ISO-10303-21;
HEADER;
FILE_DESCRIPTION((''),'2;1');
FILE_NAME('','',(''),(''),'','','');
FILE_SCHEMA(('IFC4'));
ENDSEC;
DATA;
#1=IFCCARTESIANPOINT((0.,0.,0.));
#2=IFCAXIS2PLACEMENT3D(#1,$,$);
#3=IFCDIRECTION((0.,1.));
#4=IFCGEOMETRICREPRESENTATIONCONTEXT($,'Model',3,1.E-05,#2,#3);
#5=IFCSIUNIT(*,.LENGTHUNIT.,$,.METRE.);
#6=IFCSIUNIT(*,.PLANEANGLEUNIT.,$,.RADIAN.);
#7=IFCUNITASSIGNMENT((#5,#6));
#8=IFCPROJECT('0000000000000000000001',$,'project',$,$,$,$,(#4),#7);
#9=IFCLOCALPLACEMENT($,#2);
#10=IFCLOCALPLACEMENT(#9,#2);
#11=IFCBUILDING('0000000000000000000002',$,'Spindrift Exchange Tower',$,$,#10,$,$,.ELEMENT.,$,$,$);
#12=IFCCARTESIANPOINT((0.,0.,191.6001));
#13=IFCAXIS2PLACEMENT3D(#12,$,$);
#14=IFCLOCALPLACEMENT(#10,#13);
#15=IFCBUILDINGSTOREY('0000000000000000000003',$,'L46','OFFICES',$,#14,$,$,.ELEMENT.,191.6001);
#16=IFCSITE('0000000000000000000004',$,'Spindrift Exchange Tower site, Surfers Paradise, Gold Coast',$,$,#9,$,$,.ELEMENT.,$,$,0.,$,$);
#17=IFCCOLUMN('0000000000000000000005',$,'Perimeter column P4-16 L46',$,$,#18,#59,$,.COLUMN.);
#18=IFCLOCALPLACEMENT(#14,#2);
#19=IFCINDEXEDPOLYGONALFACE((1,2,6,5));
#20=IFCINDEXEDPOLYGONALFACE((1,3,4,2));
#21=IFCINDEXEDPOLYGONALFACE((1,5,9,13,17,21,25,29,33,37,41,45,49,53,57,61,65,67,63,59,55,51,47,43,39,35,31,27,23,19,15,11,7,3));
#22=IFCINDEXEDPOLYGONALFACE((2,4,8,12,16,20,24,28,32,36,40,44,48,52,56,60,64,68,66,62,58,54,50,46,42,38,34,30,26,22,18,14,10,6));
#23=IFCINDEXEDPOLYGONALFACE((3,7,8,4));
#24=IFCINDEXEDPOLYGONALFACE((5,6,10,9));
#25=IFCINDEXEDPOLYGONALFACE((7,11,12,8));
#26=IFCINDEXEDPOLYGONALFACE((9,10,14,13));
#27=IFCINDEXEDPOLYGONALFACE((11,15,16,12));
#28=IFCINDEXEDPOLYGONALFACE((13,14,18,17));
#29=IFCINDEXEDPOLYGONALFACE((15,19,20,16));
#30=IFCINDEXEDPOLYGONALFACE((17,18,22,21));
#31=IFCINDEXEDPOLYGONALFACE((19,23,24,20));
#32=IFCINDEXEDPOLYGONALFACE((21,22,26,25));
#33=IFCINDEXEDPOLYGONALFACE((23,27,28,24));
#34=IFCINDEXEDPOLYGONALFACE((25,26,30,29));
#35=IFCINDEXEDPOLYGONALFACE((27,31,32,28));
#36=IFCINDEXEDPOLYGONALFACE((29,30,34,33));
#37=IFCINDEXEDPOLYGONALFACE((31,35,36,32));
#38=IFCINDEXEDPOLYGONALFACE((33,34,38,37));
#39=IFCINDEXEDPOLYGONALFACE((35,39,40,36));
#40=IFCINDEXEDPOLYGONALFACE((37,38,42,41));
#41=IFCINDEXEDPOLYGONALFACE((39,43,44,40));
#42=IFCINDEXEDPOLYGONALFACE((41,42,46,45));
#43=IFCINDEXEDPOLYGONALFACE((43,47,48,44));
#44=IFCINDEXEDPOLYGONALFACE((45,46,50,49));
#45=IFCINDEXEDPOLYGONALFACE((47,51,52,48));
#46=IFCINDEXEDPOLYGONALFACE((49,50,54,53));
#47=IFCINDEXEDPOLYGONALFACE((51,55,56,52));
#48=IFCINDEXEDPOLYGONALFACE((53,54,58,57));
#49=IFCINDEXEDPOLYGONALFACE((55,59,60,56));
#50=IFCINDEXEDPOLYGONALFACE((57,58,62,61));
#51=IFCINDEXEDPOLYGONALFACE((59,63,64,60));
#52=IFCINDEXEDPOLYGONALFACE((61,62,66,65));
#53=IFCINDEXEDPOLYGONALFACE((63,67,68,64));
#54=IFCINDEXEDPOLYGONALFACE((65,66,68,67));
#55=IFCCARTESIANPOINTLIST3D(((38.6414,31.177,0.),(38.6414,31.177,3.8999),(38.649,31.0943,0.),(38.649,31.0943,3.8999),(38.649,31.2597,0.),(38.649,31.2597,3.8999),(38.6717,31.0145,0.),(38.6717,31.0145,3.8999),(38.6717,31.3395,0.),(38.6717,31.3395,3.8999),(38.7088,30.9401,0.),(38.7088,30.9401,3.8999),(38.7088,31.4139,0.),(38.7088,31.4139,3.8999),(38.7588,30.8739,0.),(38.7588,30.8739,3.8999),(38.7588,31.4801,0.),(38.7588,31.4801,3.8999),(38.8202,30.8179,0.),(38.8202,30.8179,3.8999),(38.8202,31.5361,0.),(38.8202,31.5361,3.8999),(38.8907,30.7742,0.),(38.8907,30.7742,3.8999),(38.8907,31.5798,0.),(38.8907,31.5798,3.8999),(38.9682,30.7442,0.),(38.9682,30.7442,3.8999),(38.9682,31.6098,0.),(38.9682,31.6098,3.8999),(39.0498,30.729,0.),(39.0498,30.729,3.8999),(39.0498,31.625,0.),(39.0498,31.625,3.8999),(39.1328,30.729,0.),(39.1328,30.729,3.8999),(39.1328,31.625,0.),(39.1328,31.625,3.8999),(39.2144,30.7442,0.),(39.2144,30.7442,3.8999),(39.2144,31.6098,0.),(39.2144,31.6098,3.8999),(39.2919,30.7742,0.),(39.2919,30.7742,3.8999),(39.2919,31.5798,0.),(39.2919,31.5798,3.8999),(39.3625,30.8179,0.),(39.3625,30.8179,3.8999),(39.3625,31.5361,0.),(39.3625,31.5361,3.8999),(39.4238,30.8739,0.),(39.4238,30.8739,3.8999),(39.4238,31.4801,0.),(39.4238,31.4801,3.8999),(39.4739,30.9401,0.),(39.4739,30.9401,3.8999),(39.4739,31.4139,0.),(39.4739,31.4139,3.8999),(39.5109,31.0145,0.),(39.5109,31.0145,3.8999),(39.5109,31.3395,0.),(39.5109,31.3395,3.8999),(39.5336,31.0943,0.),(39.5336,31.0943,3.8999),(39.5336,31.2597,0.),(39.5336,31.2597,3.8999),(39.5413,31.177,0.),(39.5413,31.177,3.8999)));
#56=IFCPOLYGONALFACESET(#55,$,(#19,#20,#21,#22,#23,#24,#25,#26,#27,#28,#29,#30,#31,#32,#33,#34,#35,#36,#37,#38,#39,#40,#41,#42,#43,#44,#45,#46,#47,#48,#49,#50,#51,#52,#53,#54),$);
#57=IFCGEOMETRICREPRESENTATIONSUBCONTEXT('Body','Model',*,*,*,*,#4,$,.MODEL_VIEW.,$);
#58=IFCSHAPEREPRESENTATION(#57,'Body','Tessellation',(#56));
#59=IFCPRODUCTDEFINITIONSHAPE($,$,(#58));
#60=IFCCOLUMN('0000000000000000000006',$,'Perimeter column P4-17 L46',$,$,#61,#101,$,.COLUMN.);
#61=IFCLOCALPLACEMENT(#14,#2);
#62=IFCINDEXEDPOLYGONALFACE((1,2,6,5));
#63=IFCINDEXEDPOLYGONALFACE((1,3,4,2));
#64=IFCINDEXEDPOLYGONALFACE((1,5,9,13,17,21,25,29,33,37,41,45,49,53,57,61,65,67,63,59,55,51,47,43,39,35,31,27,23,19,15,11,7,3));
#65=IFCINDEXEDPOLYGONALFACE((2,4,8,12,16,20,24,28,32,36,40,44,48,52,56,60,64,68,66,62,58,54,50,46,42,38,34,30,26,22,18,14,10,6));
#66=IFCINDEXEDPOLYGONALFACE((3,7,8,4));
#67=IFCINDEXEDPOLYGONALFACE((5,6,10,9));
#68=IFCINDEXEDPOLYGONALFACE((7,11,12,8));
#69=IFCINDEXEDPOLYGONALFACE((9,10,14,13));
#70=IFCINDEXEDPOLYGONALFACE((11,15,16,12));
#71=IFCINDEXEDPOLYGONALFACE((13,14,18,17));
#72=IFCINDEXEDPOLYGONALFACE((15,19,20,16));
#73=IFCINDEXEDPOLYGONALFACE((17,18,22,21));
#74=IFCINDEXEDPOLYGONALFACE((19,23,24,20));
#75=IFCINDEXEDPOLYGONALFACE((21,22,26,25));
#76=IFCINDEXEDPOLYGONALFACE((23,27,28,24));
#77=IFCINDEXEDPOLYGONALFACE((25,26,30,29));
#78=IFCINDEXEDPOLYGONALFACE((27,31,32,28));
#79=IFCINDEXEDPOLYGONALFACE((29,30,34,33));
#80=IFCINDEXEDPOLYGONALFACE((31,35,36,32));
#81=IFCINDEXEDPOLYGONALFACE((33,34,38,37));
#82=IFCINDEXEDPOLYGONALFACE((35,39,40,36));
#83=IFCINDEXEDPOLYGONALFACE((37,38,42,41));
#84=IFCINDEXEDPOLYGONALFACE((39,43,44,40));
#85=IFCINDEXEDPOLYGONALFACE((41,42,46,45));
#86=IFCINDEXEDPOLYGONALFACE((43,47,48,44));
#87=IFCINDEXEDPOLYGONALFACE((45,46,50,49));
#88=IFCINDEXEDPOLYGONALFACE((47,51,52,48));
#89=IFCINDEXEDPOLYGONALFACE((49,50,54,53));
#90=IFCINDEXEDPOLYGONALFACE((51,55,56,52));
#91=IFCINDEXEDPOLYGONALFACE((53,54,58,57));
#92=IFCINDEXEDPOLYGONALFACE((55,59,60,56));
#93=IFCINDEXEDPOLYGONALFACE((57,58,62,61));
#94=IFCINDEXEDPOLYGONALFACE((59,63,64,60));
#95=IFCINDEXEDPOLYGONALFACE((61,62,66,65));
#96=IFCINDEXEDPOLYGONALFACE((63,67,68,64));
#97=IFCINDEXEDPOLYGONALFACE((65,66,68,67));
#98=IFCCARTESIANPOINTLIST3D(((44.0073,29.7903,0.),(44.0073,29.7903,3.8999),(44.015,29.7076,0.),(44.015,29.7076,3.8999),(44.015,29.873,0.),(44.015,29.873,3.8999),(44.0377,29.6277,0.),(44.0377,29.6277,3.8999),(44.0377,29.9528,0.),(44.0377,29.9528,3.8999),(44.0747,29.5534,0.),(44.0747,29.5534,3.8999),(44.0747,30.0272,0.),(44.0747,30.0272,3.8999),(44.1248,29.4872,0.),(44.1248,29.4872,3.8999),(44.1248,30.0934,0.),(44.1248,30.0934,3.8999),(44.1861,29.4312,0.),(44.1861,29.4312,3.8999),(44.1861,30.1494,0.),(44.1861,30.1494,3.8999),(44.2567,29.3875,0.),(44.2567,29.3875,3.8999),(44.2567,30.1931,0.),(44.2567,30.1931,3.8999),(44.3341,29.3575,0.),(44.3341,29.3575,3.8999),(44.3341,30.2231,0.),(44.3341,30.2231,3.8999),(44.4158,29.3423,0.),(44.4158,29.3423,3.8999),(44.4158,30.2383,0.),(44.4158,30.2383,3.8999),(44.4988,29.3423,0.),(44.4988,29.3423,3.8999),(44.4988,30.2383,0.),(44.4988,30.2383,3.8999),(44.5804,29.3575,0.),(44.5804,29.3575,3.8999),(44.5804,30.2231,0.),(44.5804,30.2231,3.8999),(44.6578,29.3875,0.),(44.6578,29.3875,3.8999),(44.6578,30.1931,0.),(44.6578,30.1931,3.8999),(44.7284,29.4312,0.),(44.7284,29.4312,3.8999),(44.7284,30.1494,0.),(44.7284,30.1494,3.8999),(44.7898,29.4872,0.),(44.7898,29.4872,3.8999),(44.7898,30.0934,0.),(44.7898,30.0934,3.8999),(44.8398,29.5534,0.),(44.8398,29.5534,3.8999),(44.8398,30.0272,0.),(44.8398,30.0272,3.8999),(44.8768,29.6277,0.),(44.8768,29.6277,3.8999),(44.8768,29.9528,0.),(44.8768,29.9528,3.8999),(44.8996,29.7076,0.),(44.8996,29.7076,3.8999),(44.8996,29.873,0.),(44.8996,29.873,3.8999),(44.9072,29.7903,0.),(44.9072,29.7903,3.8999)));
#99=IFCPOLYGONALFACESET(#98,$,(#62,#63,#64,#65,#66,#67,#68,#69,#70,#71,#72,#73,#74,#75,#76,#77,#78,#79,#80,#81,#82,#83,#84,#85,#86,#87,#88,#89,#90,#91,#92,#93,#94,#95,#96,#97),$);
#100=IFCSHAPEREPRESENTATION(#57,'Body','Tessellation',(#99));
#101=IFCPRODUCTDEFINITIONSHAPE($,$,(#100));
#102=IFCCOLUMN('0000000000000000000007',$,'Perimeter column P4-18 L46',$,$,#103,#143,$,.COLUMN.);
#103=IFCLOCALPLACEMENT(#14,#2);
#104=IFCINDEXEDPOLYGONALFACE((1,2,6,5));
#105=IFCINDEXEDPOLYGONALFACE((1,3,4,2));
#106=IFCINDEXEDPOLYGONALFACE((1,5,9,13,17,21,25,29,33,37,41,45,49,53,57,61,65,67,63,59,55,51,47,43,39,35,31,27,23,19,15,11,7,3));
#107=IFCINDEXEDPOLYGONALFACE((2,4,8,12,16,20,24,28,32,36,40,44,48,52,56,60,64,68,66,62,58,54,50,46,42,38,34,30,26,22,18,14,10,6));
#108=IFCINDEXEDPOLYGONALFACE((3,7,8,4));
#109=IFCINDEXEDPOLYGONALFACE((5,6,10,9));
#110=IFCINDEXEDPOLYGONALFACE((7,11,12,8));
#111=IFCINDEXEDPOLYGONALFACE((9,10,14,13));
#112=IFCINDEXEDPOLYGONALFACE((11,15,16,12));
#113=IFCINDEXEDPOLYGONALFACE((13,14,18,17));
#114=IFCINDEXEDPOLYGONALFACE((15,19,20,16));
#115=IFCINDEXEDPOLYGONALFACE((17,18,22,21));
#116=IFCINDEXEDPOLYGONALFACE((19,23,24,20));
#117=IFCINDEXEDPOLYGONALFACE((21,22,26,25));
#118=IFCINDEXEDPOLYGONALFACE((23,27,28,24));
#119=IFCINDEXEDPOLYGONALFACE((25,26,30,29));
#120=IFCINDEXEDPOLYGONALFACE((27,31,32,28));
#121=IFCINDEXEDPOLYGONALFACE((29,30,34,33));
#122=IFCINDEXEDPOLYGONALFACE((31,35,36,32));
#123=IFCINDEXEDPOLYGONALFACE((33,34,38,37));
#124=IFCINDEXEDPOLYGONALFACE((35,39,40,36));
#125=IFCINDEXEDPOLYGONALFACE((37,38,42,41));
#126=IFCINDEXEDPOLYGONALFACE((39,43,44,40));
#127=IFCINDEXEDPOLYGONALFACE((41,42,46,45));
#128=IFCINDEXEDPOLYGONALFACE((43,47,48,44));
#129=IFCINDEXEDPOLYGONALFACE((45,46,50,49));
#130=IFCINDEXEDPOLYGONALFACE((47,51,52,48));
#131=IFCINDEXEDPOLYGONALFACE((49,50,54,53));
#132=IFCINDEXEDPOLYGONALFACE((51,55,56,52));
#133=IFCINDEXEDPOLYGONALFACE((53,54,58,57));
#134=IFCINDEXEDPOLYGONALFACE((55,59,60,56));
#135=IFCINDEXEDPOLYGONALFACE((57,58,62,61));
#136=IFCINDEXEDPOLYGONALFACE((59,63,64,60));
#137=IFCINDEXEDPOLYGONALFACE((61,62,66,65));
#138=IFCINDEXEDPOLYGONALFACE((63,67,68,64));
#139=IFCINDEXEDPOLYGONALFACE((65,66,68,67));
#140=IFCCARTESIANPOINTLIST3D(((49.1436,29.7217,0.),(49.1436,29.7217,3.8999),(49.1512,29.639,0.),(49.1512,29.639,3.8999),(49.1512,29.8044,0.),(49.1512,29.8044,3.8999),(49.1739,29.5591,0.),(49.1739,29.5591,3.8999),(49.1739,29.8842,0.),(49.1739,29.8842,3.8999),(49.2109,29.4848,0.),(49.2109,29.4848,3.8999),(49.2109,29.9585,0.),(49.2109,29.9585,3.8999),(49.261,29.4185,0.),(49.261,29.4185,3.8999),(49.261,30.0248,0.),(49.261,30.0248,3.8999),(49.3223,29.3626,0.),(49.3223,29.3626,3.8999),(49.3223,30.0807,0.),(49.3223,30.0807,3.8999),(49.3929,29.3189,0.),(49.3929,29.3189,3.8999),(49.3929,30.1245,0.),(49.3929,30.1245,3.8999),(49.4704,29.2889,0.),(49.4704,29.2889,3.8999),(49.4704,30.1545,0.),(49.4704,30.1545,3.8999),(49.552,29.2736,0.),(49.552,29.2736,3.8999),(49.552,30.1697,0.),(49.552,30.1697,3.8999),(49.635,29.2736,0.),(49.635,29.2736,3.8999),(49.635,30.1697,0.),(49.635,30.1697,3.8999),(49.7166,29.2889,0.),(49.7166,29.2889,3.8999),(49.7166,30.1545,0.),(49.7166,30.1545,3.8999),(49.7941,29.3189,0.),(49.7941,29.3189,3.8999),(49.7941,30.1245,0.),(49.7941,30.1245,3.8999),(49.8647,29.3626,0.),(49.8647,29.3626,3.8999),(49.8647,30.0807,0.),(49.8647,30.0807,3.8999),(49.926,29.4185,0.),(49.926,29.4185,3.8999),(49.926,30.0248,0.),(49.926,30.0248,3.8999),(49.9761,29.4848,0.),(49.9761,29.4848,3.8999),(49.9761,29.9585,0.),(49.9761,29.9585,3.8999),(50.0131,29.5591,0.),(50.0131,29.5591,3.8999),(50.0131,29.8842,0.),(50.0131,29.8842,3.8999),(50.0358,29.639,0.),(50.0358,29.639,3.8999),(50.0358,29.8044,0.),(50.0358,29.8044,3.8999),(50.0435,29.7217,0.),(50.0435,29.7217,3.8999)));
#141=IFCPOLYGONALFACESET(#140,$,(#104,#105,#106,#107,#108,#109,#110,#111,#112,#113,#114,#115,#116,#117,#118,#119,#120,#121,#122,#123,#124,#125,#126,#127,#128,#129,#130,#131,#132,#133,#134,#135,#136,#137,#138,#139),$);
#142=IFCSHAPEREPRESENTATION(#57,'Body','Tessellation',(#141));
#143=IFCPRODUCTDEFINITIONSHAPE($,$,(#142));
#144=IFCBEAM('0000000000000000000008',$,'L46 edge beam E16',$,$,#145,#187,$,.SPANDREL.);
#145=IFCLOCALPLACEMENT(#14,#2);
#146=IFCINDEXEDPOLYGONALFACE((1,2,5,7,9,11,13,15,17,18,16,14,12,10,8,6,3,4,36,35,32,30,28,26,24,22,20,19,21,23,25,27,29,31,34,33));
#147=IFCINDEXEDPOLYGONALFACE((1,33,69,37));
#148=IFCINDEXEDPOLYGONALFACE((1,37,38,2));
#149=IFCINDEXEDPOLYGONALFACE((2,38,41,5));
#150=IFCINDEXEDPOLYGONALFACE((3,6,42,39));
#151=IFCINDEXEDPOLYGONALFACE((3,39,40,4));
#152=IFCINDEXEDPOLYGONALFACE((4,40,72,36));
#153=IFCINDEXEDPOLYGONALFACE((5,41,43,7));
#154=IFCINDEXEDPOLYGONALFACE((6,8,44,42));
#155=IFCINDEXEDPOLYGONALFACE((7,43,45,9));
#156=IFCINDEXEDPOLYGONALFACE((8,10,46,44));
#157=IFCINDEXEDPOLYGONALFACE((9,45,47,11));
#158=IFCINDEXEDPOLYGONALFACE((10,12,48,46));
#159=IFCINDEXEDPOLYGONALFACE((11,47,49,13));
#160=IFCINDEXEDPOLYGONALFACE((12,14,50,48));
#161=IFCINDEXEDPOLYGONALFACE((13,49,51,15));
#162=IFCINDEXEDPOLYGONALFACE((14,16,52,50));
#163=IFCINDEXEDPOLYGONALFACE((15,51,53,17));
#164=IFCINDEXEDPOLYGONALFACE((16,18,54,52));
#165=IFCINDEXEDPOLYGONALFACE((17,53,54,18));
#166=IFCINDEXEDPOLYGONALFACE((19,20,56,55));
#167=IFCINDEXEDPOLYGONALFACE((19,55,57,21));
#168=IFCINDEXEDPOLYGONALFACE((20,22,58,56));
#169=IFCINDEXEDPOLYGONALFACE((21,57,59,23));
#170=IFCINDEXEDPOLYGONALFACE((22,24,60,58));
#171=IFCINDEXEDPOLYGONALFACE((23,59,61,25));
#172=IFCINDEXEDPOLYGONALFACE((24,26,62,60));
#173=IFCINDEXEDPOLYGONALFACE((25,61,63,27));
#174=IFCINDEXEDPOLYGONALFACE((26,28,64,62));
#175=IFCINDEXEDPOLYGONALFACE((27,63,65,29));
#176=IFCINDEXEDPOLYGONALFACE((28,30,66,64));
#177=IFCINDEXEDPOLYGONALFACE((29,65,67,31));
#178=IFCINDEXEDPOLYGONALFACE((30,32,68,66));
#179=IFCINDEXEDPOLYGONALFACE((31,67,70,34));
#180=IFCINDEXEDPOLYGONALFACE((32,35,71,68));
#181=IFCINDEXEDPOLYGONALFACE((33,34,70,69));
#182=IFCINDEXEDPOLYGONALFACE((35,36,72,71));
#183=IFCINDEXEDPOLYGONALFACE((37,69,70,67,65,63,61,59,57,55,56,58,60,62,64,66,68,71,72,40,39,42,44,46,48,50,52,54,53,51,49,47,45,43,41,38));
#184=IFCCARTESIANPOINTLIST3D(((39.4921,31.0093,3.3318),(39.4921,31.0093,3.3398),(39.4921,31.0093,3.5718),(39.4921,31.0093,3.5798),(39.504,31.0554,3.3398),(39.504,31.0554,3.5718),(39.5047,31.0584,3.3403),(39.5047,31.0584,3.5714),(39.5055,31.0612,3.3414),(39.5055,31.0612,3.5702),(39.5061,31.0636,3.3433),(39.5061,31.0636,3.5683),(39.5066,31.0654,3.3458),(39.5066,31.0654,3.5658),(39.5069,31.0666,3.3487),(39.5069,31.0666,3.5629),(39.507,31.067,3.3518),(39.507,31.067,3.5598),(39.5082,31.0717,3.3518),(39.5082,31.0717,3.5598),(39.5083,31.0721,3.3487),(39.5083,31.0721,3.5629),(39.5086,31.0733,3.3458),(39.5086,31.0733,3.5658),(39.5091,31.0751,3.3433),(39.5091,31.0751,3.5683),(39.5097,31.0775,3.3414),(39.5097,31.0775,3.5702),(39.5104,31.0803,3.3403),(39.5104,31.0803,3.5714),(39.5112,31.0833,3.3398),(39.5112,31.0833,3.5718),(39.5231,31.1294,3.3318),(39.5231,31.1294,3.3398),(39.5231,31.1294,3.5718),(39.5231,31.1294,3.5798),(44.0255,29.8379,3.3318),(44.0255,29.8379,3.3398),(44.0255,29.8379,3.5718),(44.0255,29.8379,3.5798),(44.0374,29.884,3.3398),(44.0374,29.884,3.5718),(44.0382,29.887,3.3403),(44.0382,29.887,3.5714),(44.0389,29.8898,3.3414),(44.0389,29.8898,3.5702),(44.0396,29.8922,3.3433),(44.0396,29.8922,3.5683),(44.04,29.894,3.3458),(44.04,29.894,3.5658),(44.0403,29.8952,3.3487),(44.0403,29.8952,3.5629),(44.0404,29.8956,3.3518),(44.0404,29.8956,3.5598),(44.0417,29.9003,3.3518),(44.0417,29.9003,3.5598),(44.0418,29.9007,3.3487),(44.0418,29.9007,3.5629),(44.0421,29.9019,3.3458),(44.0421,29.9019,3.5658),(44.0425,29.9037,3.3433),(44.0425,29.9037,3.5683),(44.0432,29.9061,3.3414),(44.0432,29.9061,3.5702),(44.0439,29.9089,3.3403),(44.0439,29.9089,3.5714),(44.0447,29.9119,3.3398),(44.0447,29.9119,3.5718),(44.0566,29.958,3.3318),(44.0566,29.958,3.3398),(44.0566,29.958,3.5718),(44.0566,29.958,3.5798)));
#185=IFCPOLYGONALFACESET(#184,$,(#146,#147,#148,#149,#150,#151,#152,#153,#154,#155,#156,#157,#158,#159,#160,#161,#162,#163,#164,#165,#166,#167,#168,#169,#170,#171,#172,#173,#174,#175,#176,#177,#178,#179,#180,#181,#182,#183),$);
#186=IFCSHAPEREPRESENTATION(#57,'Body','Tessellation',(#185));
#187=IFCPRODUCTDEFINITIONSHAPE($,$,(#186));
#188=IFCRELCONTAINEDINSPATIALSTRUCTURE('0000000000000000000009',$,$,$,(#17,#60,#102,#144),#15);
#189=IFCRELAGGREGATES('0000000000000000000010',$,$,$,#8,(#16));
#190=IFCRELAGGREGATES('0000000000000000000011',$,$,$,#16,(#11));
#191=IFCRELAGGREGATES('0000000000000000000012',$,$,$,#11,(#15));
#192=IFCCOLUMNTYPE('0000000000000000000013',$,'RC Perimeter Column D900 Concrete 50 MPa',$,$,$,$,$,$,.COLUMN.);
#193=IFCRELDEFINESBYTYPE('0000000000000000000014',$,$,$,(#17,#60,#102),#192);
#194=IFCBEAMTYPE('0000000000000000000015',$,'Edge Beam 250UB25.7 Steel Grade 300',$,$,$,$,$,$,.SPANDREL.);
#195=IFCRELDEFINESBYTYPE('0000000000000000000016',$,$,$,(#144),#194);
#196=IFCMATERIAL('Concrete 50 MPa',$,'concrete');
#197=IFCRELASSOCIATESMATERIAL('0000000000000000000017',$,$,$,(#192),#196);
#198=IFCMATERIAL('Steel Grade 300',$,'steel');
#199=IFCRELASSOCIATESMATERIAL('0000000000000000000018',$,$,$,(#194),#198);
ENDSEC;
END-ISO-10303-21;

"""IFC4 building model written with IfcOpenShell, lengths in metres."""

from ifc_helpers import new_model, si_unit, direction, frame, origin, origin_2d, place, context, subcontext, project, spatial, circle, i_section, extrude, source, transform, mapped, material, material_profile, profile_set, type_object, element, save


model = new_model("IFC4")

# Units and contexts
model_context = context("Model", 3, precision=1e-05, world=origin(), true_north=direction((0.0, 1.0)))
body_context = subcontext(model_context, "Body", "Model", "MODEL_VIEW")
ifc_project = project(units=[si_unit("LENGTHUNIT", "METRE"), si_unit("PLANEANGLEUNIT", "RADIAN")], contexts=[model_context])

# Site, building, storey
site_placement = place(None, origin())
site = spatial("IfcSite", under=ifc_project, at=site_placement, Name="Spindrift Exchange Tower site, Surfers Paradise, Gold Coast", CompositionType="ELEMENT", RefElevation=0.0)
building_placement = place(site_placement, origin())
building = spatial("IfcBuilding", under=site, at=building_placement, Name="Spindrift Exchange Tower", CompositionType="ELEMENT")
storey_placement = place(building_placement, frame((0.0, 0.0, 191.6001)))
storey = spatial("IfcBuildingStorey", under=building, at=storey_placement, Name="L46", Description="OFFICES", CompositionType="ELEMENT", Elevation=191.6001)

# Columns
ifc_material_1 = material(Name="Concrete 50 MPa", Category="concrete")
ifc_material_profile_1 = material_profile(ifc_material_1, circle(Radius=0.45, at=origin_2d()), Name="RC D900")
ifc_profile_set_1 = profile_set([ifc_material_profile_1], Name="Concrete 50 MPa")
column_type = type_object("IfcColumnType", Name="RC Perimeter Column D900 Concrete 50 MPa", PredefinedType="COLUMN", material=ifc_profile_set_1)
shared_shape_1 = source(origin(), body_context, "Body", "SweptSolid", [
    extrude(circle(Radius=0.45, at=origin_2d()), origin(), (0.0, 0.0, 1.0), 3.8999),
])
for number, where, z_axis, x_axis, name in (
    (1, (39.0913, 31.177, 0.0), (0.0, 0.0, 1.0), (1.0, 0.0, 0.0), "Perimeter column P4-16 L46"),
    (2, (44.4573, 29.7903, 0.0), (0.0, 0.0, 1.0), (1.0, 0.0, 0.0), "Perimeter column P4-17 L46"),
    (3, (49.5935, 29.7217, 0.0), (0.0, 0.0, 1.0), (1.0, 0.0, 0.0), "Perimeter column P4-18 L46"),
):
    element("IfcColumn", number, at=place(storey_placement, frame(where, z_axis=z_axis, x_axis=x_axis)), inside=storey, type_object=column_type, Name=name, PredefinedType="COLUMN", context=body_context, shape_type="MappedRepresentation", body=[
        mapped(shared_shape_1, transform((0.0, 0.0, 0.0), scale=1.0)),
    ])

# Beam
ifc_material_2 = material(Name="Steel Grade 300", Category="steel")
ifc_material_profile_2 = material_profile(ifc_material_2, i_section(OverallWidth=0.124, OverallDepth=0.248, WebThickness=0.0049, FlangeThickness=0.0081, FilletRadius=0.012, at=origin_2d()), Name="250UB25.7")
ifc_profile_set_2 = profile_set([ifc_material_profile_2], Name="Steel Grade 300")
beam_type_1 = type_object("IfcBeamType", Name="Edge Beam 250UB25.7 Steel Grade 300", PredefinedType="SPANDREL", material=ifc_profile_set_2)
shared_shape_2 = source(origin(), body_context, "Body", "SweptSolid", [
    extrude(i_section(OverallWidth=0.124, OverallDepth=0.248, WebThickness=0.0049, FlangeThickness=0.0081, FilletRadius=0.012, at=origin_2d()), origin(), (0.0, 0.0, 1.0), 4.6824),
])
beam_1_placement = place(storey_placement, frame((39.5076, 31.0693, 3.4558), z_axis=(0.968202, -0.250171, 0.0), x_axis=(0.250171, 0.968202, 0.0)))
element("IfcBeam", 4, at=beam_1_placement, inside=storey, type_object=beam_type_1, Name="L46 edge beam E16", PredefinedType="SPANDREL", context=body_context, shape_type="MappedRepresentation", body=[
    mapped(shared_shape_2, transform((0.0, 0.0, 0.0), scale=1.0)),
])

save(model, "model.ifc")
